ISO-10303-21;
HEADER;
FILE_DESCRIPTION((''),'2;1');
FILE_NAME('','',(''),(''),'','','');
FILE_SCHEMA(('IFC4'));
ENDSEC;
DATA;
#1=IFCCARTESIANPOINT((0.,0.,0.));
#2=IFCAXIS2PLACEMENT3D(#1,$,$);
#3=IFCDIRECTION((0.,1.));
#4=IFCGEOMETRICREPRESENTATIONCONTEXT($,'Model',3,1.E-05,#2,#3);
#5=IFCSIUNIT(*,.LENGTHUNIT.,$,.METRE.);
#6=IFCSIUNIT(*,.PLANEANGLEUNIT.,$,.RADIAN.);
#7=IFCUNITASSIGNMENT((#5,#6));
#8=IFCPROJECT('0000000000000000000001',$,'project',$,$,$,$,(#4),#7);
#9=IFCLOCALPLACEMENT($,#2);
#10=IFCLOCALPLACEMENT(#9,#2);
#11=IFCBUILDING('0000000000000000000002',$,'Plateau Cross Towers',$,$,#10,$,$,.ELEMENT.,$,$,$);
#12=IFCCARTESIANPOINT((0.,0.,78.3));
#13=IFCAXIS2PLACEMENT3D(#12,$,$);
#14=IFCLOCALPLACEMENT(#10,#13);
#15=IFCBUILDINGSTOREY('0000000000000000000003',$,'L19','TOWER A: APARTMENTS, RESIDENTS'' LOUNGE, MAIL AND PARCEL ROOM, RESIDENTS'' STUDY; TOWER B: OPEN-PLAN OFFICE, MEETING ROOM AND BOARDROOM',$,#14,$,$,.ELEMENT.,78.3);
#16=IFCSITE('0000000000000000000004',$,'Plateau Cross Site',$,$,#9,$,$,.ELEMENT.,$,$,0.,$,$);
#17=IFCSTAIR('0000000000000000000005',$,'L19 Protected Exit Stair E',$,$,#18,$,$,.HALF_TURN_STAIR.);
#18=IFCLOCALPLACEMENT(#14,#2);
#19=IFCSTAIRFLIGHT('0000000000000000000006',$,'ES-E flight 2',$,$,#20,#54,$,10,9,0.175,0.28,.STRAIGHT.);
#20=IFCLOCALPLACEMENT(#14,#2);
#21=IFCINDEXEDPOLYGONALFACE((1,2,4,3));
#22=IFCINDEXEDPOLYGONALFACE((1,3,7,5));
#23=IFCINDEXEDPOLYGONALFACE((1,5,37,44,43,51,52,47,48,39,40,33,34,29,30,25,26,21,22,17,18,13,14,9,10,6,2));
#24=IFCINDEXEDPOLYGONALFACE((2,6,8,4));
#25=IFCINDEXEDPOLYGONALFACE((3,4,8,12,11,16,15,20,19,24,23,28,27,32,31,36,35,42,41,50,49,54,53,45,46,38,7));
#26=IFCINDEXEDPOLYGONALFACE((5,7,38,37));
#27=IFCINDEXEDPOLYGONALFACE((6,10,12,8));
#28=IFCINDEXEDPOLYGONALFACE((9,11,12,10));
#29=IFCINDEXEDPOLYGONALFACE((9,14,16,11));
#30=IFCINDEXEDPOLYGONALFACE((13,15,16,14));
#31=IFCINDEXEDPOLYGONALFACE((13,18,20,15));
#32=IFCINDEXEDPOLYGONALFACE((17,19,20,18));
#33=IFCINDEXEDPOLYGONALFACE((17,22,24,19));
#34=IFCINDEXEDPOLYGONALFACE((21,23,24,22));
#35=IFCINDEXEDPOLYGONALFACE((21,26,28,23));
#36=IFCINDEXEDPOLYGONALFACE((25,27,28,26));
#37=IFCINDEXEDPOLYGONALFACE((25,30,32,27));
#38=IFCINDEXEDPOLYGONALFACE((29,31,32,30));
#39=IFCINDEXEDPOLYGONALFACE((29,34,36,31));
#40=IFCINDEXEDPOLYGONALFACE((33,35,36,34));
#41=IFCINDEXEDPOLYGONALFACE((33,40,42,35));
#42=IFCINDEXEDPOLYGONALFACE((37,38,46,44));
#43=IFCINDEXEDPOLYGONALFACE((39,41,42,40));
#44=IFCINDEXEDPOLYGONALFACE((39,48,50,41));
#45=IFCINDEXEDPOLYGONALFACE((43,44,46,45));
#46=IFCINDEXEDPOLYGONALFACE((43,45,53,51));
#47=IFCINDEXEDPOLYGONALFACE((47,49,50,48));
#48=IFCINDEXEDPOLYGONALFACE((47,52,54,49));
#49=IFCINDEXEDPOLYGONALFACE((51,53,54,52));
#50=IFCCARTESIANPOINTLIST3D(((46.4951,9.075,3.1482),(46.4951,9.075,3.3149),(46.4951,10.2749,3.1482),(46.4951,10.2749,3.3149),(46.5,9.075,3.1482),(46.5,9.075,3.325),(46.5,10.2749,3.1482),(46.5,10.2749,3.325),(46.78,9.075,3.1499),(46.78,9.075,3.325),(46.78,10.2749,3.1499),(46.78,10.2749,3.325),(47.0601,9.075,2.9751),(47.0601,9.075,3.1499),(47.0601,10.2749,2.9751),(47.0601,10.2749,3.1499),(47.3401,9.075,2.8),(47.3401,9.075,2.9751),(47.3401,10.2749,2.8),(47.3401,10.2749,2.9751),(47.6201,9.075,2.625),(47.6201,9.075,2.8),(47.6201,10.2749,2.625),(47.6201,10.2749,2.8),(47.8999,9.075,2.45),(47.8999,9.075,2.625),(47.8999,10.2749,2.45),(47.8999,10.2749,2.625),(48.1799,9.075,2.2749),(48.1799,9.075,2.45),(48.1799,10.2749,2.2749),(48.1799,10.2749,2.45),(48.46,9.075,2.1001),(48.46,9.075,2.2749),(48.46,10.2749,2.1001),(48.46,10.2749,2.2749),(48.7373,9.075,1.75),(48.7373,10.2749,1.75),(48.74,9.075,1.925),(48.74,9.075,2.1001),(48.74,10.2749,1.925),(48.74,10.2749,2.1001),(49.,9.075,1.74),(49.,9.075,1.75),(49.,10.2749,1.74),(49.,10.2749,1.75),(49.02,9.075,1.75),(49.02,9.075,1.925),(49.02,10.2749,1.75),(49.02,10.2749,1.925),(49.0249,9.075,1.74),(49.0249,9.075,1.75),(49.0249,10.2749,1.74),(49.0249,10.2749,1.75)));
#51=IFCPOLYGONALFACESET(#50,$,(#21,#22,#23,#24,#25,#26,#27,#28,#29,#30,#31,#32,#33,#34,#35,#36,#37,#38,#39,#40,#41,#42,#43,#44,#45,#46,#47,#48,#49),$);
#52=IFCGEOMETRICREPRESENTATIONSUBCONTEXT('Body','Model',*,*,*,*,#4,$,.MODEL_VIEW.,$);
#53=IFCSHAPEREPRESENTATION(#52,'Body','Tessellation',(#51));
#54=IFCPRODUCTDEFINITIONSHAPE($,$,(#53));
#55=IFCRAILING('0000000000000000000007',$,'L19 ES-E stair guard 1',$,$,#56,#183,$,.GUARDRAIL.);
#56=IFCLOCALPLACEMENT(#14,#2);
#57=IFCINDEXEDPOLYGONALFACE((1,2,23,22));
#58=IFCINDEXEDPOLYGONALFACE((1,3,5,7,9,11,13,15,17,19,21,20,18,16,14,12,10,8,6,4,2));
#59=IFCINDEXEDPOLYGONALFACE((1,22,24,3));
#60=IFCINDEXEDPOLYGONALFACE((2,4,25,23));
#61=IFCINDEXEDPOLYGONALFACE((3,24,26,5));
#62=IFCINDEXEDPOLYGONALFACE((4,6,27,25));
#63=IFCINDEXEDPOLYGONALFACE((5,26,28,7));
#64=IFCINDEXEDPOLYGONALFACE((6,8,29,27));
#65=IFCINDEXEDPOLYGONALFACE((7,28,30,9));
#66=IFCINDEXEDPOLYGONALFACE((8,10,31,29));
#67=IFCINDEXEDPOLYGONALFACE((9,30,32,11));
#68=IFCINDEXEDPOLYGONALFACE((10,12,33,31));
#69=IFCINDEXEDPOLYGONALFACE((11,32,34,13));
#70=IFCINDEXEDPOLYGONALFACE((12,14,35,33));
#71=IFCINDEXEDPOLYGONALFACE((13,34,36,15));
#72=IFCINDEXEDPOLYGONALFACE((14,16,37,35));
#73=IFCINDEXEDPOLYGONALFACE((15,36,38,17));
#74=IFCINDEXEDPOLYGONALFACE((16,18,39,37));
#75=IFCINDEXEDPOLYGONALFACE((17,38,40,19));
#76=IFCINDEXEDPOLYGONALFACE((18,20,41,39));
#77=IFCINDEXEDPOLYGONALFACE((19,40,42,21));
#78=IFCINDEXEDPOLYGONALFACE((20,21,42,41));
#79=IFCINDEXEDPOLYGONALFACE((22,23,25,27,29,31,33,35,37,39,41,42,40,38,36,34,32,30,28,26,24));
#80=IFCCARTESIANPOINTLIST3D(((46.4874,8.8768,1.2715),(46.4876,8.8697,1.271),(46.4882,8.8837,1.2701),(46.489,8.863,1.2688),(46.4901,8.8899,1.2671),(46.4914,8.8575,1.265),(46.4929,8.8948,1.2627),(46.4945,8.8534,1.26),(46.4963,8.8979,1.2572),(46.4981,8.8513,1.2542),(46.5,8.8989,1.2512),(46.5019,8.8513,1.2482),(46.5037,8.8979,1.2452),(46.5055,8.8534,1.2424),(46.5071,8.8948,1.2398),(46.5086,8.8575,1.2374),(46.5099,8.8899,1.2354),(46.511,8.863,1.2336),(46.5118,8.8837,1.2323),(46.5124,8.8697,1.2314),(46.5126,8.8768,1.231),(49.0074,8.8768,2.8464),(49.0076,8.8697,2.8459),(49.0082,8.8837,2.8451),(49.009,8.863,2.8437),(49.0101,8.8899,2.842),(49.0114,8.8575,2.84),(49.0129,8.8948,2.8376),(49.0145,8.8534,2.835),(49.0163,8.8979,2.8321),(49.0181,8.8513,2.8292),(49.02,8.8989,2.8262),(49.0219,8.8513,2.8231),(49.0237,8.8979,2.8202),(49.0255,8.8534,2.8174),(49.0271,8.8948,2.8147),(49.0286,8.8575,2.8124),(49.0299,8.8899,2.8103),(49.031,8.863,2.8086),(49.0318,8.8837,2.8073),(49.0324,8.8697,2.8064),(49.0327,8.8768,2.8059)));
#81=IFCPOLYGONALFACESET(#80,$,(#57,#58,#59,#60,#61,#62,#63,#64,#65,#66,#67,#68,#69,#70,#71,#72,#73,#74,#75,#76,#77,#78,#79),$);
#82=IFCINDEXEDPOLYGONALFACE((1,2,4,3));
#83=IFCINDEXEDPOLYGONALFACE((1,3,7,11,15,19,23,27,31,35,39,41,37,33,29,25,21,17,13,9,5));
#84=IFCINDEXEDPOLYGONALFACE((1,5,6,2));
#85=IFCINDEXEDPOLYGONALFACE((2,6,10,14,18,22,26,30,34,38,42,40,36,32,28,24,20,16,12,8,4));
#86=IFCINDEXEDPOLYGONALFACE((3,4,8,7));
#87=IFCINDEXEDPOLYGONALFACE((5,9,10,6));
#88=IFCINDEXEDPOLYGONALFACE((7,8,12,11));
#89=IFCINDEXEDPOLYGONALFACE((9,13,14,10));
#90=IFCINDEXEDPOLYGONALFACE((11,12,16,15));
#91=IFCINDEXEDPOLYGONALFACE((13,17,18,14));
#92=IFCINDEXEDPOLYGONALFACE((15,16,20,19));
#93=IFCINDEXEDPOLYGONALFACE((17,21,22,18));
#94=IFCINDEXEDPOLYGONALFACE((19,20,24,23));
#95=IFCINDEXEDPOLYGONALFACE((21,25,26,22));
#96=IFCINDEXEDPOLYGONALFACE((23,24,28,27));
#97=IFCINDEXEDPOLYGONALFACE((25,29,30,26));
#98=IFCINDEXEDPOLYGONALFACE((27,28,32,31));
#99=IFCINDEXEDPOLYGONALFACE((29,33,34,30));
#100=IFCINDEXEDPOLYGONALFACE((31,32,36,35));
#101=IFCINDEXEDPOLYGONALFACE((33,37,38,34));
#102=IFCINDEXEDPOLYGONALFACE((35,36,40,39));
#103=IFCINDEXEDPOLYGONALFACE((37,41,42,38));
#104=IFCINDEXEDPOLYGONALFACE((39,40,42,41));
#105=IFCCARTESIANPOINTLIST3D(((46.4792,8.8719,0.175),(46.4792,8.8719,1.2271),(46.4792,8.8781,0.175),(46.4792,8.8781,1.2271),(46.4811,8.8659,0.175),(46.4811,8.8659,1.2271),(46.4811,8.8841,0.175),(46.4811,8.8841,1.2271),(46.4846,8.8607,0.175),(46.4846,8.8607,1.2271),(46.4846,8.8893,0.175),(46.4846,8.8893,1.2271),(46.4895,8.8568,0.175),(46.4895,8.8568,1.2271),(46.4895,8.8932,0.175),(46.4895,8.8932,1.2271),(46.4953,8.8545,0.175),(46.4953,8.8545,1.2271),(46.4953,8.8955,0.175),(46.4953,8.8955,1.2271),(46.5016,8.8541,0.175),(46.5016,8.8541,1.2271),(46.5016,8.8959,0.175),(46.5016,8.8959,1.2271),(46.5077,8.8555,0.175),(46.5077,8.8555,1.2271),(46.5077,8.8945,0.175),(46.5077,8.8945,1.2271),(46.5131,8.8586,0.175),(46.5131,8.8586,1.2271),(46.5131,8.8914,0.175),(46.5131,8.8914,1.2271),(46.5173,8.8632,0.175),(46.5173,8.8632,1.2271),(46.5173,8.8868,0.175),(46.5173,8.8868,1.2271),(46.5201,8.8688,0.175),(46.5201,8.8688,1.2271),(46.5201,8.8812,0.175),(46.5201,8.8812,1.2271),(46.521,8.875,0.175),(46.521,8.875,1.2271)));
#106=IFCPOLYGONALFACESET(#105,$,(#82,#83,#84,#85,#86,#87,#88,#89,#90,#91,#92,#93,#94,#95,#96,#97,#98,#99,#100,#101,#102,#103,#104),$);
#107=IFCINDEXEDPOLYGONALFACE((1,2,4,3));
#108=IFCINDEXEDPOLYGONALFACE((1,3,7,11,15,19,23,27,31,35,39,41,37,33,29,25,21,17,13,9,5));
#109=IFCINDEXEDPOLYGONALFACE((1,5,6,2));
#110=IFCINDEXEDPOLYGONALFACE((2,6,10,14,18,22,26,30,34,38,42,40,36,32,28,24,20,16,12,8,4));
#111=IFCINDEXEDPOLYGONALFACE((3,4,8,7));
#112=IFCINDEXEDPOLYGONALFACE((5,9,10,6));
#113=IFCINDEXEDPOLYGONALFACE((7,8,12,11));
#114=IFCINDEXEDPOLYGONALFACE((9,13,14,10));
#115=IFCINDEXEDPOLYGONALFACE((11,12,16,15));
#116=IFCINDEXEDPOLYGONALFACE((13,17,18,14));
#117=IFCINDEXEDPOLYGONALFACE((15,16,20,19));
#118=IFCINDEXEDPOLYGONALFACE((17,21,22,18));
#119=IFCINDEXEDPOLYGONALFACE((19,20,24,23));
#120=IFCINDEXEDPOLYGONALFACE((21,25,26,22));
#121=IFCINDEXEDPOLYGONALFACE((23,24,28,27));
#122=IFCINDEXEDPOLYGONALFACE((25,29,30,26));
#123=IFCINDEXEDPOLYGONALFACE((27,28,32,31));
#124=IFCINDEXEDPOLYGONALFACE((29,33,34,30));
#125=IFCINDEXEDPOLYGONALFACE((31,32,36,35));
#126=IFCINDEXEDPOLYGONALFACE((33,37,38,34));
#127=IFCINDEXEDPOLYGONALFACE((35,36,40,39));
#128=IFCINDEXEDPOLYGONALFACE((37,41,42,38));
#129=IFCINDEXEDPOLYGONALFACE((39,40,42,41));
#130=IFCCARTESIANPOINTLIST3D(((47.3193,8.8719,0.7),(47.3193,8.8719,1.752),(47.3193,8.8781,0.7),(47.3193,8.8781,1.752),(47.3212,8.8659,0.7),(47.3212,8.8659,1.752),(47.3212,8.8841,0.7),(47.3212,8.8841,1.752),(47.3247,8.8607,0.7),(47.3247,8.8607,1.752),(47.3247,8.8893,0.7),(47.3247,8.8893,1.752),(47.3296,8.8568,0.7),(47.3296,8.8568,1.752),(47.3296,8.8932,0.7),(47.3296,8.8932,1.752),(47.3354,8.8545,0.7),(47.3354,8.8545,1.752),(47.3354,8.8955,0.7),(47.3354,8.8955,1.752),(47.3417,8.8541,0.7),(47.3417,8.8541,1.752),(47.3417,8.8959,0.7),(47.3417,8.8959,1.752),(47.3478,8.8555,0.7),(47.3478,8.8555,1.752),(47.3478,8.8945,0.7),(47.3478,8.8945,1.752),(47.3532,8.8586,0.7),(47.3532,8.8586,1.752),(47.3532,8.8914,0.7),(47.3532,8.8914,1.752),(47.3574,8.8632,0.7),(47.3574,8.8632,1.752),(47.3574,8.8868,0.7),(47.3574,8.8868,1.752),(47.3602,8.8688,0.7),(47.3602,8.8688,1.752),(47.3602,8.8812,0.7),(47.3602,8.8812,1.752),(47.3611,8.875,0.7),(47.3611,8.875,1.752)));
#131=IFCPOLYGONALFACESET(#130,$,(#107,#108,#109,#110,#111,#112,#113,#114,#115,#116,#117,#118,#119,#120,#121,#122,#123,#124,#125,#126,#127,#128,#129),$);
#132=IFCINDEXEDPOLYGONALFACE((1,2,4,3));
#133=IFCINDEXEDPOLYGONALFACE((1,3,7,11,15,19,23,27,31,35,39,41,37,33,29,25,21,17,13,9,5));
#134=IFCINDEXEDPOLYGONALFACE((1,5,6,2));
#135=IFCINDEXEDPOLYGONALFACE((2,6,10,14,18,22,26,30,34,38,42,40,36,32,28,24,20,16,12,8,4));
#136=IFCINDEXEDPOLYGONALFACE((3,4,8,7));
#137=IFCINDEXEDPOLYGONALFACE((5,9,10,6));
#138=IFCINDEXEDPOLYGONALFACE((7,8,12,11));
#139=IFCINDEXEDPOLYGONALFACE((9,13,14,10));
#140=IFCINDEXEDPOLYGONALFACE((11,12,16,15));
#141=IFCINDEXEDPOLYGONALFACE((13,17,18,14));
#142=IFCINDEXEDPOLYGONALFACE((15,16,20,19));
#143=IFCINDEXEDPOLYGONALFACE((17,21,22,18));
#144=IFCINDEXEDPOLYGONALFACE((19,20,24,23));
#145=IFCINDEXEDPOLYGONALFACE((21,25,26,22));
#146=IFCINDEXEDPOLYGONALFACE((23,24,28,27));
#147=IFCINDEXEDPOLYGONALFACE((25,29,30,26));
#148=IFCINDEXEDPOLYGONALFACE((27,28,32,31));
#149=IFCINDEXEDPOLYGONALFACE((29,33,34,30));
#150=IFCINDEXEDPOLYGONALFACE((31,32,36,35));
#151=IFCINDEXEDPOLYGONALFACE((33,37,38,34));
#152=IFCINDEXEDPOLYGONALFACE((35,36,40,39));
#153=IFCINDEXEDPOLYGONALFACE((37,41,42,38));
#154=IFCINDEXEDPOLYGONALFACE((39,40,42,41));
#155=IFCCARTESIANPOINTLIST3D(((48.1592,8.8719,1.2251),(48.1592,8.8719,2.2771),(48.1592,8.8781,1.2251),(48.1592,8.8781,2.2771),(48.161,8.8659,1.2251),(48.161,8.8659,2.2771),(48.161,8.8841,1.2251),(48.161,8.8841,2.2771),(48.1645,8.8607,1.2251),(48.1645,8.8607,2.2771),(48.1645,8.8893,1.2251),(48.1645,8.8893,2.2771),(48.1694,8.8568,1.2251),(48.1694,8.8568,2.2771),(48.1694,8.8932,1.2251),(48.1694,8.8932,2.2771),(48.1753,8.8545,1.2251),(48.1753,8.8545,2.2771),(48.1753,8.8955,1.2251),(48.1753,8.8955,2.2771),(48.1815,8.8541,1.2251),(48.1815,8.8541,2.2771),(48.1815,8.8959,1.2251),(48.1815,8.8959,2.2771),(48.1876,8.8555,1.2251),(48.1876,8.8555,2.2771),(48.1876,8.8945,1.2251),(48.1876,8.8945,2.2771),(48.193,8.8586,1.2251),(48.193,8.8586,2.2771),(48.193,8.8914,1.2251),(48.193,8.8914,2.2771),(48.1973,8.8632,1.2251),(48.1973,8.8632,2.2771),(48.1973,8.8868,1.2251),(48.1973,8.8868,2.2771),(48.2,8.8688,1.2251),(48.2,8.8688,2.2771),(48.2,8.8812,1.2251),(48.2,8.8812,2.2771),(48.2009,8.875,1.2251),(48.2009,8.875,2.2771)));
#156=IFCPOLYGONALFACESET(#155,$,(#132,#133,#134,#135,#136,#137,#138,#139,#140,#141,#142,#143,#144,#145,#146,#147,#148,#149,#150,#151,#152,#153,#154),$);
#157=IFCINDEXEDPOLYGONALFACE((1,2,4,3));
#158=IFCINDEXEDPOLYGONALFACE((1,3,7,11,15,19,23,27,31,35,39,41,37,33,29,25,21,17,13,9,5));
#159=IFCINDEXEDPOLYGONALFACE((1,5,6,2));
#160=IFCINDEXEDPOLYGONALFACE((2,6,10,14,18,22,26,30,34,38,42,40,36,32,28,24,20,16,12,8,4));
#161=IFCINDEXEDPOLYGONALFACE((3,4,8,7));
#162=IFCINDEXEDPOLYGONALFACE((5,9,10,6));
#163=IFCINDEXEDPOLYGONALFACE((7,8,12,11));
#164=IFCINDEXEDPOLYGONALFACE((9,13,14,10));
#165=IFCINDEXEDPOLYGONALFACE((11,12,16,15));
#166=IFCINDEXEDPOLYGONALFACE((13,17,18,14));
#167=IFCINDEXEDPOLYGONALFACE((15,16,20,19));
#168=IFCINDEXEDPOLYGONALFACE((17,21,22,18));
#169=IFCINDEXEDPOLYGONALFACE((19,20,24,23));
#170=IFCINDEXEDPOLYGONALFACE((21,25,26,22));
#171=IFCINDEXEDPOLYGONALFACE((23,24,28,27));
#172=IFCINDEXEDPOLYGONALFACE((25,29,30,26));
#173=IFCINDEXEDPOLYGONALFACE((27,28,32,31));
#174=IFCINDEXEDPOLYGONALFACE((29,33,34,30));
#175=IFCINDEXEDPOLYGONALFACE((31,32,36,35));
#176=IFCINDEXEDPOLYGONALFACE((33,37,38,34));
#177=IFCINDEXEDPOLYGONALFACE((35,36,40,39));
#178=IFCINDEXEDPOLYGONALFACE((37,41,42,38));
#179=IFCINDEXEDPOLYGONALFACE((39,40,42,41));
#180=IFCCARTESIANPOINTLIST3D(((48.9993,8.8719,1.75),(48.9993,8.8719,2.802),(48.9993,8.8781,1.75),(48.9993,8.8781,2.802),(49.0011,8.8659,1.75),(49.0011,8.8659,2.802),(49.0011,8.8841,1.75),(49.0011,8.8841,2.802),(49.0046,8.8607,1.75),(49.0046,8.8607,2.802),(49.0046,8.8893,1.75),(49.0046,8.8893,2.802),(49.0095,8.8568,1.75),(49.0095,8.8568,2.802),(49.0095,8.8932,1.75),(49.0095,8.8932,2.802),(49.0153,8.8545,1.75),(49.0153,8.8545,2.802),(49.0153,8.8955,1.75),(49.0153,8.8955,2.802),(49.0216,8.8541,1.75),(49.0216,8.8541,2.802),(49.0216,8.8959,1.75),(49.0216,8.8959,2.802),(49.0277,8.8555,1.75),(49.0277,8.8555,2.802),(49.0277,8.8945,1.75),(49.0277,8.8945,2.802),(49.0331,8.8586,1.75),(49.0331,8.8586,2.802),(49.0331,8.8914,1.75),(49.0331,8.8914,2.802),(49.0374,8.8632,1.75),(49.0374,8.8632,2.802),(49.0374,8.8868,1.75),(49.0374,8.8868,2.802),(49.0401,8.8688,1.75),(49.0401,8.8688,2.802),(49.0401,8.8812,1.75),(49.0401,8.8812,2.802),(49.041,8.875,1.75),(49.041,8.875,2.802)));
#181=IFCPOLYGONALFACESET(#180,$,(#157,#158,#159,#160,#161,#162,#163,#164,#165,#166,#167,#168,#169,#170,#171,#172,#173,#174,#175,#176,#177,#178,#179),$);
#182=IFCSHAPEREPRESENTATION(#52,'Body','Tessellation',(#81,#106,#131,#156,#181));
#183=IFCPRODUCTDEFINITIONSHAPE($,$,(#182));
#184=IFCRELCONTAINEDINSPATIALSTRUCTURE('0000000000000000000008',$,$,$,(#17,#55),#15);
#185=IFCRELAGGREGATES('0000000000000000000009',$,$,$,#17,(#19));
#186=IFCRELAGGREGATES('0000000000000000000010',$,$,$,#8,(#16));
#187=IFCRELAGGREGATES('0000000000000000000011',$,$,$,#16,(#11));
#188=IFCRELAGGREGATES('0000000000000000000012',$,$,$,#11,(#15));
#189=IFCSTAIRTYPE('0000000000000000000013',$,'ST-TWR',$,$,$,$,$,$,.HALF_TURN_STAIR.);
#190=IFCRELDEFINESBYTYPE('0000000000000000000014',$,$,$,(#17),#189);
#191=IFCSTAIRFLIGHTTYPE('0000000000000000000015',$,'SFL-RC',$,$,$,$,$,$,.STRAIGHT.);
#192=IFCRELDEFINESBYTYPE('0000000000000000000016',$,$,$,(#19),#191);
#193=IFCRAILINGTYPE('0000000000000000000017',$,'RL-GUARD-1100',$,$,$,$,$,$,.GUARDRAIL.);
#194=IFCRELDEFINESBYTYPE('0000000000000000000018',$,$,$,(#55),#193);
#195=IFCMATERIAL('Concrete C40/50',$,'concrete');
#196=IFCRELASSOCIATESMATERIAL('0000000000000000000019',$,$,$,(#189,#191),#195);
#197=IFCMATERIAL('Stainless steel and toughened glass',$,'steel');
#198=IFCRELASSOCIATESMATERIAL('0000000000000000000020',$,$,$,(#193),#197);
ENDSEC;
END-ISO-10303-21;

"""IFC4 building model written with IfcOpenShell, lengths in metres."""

from ifc_helpers import new_model, si_unit, direction, frame, origin, origin_2d, place, context, subcontext, project, spatial, polyline, circle, outline, extrude, material, type_object, element, aggregate, save


model = new_model("IFC4")

# Units and contexts
model_context = context("Model", 3, precision=1e-05, world=origin(), true_north=direction((0.0, 1.0)))
body_context = subcontext(model_context, "Body", "Model", "MODEL_VIEW")
ifc_project = project(units=[si_unit("LENGTHUNIT", "METRE"), si_unit("PLANEANGLEUNIT", "RADIAN")], contexts=[model_context])

# Site, building, storey
site_placement = place(None, origin())
site = spatial("IfcSite", under=ifc_project, at=site_placement, Name="Plateau Cross Site", CompositionType="ELEMENT", RefElevation=0.0)
building_placement = place(site_placement, origin())
building = spatial("IfcBuilding", under=site, at=building_placement, Name="Plateau Cross Towers", CompositionType="ELEMENT")
storey_placement = place(building_placement, frame((0.0, 0.0, 78.3)))
storey = spatial("IfcBuildingStorey", under=building, at=storey_placement, Name="L19", Description="TOWER A: APARTMENTS, RESIDENTS' LOUNGE, MAIL AND PARCEL ROOM, RESIDENTS' STUDY; TOWER B: OPEN-PLAN OFFICE, MEETING ROOM AND BOARDROOM", CompositionType="ELEMENT", Elevation=78.3)

# Stair, stair flight
ifc_material_1 = material(Name="Concrete C40/50", Category="concrete")
stair_type = type_object("IfcStairType", Name="ST-TWR", PredefinedType="HALF_TURN_STAIR", material=ifc_material_1)
stair_placement = place(storey_placement, origin())
stair = element("IfcStair", 1, at=stair_placement, inside=storey, type_object=stair_type, Name="L19 Protected Exit Stair E", PredefinedType="HALF_TURN_STAIR")
stair_flight_type = type_object("IfcStairFlightType", Name="SFL-RC", PredefinedType="STRAIGHT", material=ifc_material_1)
stair_flight_placement = place(storey_placement, frame((49.02, 9.675, 1.75), z_axis=(0.0, 0.0, 1.0), x_axis=(-1.0, 0.0, 0.0)))
stair_flight = element("IfcStairFlight", 2, at=stair_flight_placement, type_object=stair_flight_type, Name="ES-E flight 2", NumberOfRisers=10, NumberOfTreads=9, PredefinedType="STRAIGHT", RiserHeight=0.175, TreadLength=0.28, context=body_context, shape_type="SweptSolid", body=[
    extrude(outline(polyline([(-0.0049, -0.01), (-0.0049, 0.0), (0.0, 0.0), (0.0, 0.175), (0.28, 0.175), (0.28, 0.3501), (0.5601, 0.3501), (0.5601, 0.5249), (0.8401, 0.5249), (0.8401, 0.7), (1.1201, 0.7), (1.1201, 0.875), (1.3999, 0.875), (1.3999, 1.05), (1.6799, 1.05), (1.6799, 1.2251), (1.96, 1.2251), (1.96, 1.3999), (2.24, 1.3999), (2.24, 1.575), (2.52, 1.575), (2.5249, 1.5649), (2.5249, 1.3982), (2.52, 1.3982), (0.2827, 0.0), (0.02, 0.0), (0.02, -0.01), (-0.0049, -0.01)])), frame((0.0, 0.6001, 0.0), z_axis=(0.0, -1.0, 0.0), x_axis=(1.0, 0.0, 0.0)), (0.0, 0.0, 1.0), 1.2),
])
aggregate(stair, [stair_flight])

# Railing
ifc_material_2 = material(Name="Stainless steel and toughened glass", Category="steel")
railing_type = type_object("IfcRailingType", Name="RL-GUARD-1100", PredefinedType="GUARDRAIL", material=ifc_material_2)
railing_1_placement = place(storey_placement, frame((46.5, 8.875, 0.175)))
element("IfcRailing", 3, at=railing_1_placement, inside=storey, type_object=railing_type, Name="L19 ES-E stair guard 1", PredefinedType="GUARDRAIL", context=body_context, shape_type="SweptSolid", body=[
    extrude(circle(Radius=0.0239, at=origin_2d()), frame((0.0, 0.0, 1.0762), z_axis=(0.848008, 0.0, 0.529984), x_axis=(0.0, 1.0, 0.0)), (0.0, 0.0, 1.0), 2.9717),
    extrude(circle(Radius=0.021, at=origin_2d()), origin(), (0.0, 0.0, 1.0), 1.052),
    extrude(circle(Radius=0.021, at=origin_2d()), frame((0.8401, 0.0, 0.5249)), (0.0, 0.0, 1.0), 1.052),
    extrude(circle(Radius=0.021, at=origin_2d()), frame((1.6799, 0.0, 1.05)), (0.0, 0.0, 1.0), 1.052),
    extrude(circle(Radius=0.021, at=origin_2d()), frame((2.52, 0.0, 1.575)), (0.0, 0.0, 1.0), 1.052),
])

save(model, "model.ifc")
